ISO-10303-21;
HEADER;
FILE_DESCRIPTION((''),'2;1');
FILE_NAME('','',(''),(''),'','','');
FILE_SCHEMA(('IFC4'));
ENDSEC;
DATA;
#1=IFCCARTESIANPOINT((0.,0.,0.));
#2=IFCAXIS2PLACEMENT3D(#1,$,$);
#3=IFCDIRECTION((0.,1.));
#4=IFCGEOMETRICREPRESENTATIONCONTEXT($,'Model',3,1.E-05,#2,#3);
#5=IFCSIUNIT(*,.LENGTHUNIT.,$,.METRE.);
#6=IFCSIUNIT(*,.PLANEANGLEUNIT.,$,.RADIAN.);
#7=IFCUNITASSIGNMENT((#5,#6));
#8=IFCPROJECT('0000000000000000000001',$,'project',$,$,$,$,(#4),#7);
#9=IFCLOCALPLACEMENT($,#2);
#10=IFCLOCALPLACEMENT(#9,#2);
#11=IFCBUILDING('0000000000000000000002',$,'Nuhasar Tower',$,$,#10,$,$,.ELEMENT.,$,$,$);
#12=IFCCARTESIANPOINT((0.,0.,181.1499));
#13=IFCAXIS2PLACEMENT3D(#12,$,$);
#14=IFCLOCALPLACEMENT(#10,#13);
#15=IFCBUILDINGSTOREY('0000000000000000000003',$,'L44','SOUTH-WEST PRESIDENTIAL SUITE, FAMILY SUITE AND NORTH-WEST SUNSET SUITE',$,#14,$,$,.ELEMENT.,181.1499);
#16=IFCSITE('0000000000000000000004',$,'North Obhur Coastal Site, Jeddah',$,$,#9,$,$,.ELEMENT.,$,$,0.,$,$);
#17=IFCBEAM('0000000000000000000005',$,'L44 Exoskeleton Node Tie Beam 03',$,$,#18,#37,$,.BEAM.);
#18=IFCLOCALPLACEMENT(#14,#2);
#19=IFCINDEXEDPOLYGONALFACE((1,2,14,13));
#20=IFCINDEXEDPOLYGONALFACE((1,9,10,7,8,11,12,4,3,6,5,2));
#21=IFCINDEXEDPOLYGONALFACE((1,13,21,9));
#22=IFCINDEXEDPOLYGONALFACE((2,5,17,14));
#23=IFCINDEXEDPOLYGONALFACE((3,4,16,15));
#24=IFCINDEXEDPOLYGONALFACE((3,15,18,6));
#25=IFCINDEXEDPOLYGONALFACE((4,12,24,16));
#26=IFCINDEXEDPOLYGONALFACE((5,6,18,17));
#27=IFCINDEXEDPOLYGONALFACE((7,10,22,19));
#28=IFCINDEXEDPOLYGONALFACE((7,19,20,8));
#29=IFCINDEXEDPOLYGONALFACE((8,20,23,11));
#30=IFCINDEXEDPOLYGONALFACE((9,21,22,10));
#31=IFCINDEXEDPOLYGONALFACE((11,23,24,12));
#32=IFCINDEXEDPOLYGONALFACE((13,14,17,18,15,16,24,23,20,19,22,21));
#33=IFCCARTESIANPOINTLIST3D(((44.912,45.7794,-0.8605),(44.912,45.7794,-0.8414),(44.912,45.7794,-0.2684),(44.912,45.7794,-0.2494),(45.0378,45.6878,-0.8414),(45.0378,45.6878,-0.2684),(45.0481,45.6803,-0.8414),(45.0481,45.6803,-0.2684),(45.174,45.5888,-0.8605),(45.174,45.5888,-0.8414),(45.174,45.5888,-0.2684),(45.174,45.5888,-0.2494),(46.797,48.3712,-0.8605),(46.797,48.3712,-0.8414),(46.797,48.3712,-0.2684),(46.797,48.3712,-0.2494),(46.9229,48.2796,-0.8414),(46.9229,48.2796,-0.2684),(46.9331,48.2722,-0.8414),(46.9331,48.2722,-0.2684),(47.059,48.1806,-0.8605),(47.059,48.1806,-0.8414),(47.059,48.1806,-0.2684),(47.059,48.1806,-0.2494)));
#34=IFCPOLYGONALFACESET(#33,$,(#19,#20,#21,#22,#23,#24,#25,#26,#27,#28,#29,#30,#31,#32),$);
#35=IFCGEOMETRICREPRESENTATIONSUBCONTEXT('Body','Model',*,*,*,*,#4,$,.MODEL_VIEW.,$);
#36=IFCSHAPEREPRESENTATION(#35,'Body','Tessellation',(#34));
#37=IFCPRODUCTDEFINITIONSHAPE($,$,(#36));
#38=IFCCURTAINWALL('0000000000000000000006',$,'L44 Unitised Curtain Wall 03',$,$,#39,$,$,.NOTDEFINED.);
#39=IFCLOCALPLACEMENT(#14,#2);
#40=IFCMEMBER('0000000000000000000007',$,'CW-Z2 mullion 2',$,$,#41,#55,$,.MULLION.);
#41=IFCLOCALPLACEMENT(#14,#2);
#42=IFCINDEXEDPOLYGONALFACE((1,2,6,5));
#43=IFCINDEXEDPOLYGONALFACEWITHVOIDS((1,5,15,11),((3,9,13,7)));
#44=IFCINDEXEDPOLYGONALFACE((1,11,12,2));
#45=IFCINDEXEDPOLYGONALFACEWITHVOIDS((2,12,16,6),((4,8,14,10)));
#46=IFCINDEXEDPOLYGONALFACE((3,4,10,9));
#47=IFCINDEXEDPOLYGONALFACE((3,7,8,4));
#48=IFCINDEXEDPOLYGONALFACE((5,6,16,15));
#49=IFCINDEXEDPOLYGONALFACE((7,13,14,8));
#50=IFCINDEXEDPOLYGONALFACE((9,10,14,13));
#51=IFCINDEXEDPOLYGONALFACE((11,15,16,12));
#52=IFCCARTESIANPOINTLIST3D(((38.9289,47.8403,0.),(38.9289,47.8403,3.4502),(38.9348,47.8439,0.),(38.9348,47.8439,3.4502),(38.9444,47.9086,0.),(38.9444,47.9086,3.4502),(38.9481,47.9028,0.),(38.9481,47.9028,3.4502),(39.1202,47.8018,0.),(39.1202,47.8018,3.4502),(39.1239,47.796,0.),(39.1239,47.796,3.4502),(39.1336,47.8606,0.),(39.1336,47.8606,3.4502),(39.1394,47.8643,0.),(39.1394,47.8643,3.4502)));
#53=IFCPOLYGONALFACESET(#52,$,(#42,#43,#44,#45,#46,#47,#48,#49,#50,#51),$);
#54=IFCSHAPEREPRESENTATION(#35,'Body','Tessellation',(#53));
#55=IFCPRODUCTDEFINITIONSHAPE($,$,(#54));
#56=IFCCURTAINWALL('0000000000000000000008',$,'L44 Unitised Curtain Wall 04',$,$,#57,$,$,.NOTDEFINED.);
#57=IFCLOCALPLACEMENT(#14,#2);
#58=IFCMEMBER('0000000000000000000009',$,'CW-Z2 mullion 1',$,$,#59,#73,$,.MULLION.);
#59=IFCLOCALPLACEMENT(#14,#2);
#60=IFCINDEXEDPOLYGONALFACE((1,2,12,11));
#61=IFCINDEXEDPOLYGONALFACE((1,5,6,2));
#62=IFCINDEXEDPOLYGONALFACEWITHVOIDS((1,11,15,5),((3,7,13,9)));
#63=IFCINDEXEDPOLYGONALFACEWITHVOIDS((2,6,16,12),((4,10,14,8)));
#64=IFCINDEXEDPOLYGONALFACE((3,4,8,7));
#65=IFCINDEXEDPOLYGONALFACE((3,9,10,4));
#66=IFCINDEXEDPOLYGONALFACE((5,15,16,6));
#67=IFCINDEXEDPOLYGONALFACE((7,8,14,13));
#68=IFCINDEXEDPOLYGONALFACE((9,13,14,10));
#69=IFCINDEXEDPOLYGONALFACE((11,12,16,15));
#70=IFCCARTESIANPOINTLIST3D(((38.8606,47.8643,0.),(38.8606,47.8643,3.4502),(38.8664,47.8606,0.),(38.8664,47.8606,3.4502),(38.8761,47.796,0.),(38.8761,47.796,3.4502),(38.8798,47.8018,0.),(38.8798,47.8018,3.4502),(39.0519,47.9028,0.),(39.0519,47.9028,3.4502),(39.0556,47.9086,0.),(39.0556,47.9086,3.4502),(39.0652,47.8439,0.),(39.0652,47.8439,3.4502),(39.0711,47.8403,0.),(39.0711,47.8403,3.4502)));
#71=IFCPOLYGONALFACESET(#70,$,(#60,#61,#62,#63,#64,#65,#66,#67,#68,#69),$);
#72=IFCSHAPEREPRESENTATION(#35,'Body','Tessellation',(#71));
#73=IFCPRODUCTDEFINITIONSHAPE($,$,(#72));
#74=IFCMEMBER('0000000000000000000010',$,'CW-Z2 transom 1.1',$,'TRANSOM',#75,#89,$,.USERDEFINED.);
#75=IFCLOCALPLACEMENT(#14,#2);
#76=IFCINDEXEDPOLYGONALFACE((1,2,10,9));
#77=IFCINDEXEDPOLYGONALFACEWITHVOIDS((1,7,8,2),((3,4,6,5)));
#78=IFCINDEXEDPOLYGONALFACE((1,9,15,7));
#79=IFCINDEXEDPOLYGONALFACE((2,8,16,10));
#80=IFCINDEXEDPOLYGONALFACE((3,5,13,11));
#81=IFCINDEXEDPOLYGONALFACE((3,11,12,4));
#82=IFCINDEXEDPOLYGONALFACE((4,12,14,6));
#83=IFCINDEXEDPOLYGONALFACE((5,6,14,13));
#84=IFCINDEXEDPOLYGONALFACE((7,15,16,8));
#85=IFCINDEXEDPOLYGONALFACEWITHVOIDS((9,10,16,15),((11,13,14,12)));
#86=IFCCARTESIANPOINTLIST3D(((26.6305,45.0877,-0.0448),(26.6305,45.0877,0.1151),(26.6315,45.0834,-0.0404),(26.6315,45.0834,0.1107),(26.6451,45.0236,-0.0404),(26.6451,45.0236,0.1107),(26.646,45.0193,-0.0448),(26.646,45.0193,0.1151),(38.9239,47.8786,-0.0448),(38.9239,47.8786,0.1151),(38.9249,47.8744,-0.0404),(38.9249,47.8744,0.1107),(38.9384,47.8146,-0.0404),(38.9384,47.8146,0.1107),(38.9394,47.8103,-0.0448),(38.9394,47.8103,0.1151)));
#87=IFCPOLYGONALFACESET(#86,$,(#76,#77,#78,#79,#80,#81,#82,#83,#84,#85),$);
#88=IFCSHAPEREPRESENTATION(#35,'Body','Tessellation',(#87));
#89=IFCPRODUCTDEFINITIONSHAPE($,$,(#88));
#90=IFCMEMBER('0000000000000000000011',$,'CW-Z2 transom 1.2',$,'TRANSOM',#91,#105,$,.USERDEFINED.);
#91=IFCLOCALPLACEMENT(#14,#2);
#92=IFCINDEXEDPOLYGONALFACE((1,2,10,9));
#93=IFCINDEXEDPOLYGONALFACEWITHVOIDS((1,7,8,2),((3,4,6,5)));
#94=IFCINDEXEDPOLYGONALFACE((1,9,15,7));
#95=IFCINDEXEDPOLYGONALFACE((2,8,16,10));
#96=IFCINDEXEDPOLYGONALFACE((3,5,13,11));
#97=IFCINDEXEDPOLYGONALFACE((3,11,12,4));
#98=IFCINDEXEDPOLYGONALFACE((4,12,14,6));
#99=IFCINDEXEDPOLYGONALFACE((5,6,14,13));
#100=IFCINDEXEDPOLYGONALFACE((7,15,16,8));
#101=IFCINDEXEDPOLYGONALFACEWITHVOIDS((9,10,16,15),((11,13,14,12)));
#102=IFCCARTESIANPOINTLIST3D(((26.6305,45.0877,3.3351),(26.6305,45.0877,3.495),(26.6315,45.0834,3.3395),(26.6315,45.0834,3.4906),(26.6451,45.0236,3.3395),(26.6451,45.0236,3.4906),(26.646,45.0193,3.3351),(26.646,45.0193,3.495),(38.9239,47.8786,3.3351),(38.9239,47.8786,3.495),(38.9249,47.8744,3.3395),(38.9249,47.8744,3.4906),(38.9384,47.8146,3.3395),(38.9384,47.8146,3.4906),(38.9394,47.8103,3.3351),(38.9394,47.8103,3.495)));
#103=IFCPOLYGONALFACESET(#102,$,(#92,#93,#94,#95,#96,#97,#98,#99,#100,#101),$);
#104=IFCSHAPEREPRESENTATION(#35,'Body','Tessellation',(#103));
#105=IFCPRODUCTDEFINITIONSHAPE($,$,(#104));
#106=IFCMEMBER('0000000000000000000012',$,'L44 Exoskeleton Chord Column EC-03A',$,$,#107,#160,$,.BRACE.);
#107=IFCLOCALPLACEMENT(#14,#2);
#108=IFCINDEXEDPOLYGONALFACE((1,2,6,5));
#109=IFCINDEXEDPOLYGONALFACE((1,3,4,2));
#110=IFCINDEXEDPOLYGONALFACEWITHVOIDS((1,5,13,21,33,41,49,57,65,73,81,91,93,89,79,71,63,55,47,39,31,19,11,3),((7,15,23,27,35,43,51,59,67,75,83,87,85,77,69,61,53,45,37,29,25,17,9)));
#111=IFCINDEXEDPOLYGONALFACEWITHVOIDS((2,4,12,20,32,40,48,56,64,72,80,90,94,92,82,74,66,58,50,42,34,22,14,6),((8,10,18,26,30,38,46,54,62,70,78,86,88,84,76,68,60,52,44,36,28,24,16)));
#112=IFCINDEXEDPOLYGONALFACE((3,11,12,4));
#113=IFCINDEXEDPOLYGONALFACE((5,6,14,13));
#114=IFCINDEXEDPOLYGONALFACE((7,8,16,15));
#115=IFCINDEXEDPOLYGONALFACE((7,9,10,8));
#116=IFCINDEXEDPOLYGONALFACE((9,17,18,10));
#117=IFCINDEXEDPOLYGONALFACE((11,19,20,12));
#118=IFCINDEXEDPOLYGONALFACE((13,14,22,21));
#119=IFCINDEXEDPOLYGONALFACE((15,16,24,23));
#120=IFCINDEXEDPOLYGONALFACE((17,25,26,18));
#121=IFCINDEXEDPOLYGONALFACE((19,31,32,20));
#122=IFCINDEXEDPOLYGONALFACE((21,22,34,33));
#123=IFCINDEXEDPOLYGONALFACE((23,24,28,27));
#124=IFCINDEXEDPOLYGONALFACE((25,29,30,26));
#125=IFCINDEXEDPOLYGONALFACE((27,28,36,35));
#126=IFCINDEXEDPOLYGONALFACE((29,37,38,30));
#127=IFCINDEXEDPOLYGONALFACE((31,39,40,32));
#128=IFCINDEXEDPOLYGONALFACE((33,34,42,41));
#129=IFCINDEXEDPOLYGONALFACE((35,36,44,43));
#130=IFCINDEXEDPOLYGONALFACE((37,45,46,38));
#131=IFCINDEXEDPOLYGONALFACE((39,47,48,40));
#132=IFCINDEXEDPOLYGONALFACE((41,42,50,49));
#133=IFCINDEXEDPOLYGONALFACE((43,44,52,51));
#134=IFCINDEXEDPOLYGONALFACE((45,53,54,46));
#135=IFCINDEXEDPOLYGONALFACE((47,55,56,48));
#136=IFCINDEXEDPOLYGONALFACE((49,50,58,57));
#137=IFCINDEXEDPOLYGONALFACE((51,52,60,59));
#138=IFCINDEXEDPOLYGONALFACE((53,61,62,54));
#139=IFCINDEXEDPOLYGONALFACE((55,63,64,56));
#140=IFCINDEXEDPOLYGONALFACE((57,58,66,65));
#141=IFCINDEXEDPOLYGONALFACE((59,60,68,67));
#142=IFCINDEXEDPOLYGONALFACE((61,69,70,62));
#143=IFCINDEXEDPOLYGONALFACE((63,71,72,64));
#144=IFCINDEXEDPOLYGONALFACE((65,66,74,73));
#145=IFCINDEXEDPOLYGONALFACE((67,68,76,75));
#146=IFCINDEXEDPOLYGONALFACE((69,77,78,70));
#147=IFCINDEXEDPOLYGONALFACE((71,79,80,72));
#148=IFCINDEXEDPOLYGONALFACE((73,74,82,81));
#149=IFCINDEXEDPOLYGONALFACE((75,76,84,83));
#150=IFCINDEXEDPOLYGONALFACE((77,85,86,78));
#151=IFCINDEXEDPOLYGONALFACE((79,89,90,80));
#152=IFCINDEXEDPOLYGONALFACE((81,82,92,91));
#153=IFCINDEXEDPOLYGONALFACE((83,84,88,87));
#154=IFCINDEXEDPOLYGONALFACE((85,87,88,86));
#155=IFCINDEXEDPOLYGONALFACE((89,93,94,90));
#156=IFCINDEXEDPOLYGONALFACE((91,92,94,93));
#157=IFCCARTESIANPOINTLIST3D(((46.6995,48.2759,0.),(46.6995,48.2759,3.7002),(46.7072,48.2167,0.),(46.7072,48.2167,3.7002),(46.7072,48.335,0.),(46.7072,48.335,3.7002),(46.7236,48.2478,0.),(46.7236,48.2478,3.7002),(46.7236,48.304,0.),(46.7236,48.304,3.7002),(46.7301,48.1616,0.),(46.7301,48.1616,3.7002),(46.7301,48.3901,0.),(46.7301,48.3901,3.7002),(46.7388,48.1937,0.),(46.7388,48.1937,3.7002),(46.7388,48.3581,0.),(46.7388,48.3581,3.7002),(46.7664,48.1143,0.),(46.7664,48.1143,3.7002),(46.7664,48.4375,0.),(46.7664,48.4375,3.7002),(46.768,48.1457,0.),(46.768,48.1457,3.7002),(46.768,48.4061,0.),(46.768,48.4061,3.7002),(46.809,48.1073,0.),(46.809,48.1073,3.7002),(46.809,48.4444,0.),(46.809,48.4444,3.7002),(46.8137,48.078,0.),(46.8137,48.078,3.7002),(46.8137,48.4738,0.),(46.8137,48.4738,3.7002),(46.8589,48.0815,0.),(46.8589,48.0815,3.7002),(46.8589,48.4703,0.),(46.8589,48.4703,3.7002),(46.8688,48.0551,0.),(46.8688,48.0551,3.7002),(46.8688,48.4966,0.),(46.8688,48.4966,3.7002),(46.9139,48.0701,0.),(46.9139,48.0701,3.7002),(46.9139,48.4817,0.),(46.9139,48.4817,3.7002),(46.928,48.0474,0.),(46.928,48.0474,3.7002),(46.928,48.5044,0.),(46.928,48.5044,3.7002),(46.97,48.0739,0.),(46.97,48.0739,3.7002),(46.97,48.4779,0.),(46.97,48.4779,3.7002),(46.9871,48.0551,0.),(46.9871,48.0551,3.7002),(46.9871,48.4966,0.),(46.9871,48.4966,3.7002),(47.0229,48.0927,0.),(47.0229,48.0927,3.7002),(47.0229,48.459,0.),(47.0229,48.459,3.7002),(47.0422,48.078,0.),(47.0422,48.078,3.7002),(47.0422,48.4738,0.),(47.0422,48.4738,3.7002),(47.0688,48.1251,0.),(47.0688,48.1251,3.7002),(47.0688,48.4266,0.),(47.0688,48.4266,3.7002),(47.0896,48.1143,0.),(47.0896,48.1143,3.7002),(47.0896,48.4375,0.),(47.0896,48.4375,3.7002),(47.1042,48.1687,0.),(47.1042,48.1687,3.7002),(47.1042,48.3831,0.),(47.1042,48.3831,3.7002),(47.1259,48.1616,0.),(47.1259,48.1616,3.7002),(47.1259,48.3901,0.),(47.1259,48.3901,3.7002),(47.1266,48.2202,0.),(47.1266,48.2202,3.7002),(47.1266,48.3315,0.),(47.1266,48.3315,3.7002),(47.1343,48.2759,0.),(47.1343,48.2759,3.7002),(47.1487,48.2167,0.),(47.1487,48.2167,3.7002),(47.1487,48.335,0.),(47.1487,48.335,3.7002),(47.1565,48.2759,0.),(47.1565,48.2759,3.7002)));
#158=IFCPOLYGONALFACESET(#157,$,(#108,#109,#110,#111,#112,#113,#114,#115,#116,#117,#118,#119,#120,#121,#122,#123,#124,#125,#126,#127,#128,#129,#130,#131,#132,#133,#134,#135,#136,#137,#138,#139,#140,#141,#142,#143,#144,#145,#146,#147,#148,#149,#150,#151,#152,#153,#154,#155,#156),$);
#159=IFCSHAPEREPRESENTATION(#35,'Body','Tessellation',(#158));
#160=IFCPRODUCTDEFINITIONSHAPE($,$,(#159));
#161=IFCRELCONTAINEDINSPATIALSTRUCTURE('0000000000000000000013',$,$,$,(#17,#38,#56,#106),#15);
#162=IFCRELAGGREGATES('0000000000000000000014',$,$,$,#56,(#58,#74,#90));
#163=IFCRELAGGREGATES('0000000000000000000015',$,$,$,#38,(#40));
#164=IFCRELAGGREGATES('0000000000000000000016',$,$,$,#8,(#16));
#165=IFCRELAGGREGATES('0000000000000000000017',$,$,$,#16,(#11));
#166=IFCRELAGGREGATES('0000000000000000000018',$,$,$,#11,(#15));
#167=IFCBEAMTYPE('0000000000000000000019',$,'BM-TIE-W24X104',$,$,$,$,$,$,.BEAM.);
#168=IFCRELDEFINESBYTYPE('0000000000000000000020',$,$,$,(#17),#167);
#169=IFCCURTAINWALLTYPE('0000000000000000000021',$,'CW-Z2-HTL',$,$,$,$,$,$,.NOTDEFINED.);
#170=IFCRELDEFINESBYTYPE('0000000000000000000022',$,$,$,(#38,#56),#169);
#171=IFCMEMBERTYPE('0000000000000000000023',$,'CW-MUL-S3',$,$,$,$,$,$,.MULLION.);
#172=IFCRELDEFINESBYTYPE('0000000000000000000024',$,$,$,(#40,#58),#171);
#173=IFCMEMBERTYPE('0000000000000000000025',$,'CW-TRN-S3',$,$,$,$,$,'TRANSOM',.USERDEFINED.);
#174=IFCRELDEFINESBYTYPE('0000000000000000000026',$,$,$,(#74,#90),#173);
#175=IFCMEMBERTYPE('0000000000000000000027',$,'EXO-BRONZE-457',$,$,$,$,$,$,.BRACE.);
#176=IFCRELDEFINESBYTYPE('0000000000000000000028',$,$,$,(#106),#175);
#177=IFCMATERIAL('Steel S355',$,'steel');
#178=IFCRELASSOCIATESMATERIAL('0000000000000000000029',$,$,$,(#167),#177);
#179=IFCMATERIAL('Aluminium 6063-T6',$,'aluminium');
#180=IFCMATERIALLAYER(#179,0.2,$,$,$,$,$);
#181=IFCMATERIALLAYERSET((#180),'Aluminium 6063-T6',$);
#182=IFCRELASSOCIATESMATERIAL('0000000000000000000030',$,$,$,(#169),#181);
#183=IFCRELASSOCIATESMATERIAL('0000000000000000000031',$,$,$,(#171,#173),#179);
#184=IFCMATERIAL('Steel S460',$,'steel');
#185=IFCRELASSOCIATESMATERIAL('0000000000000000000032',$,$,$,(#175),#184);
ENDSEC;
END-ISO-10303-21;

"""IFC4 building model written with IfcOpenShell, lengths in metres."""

from ifc_helpers import new_model, si_unit, direction, frame, origin, origin_2d, place, context, subcontext, project, spatial, hollow_rectangle, hollow_circle, i_section, extrude, material, layer, layer_set, material_profile, profile_set, type_object, element, aggregate, save


model = new_model("IFC4")

# Units and contexts
model_context = context("Model", 3, precision=1e-05, world=origin(), true_north=direction((0.0, 1.0)))
body_context = subcontext(model_context, "Body", "Model", "MODEL_VIEW")
ifc_project = project(units=[si_unit("LENGTHUNIT", "METRE"), si_unit("PLANEANGLEUNIT", "RADIAN")], contexts=[model_context])

# Site, building, storey
site_placement = place(None, origin())
site = spatial("IfcSite", under=ifc_project, at=site_placement, Name="North Obhur Coastal Site, Jeddah", CompositionType="ELEMENT", RefElevation=0.0)
building_placement = place(site_placement, origin())
building = spatial("IfcBuilding", under=site, at=building_placement, Name="Nuhasar Tower", CompositionType="ELEMENT")
storey_placement = place(building_placement, frame((0.0, 0.0, 181.1499)))
storey = spatial("IfcBuildingStorey", under=building, at=storey_placement, Name="L44", Description="SOUTH-WEST PRESIDENTIAL SUITE, FAMILY SUITE AND NORTH-WEST SUNSET SUITE", CompositionType="ELEMENT", Elevation=181.1499)

# Beam
ifc_material_1 = material(Name="Steel S355", Category="steel")
ifc_material_profile_1 = material_profile(ifc_material_1, i_section(OverallWidth=0.324, OverallDepth=0.6111, WebThickness=0.0127, FlangeThickness=0.019, at=origin_2d()), Name="W24X104")
ifc_profile_set_1 = profile_set([ifc_material_profile_1], Name="Steel S355")
beam_type_1 = type_object("IfcBeamType", Name="BM-TIE-W24X104", PredefinedType="BEAM", material=ifc_profile_set_1)
beam_1_placement = place(storey_placement, frame((45.043, 45.6841, -0.5549), z_axis=(0.588185, 0.808726, 0.0), x_axis=(-0.808726, 0.588185, 0.0)))
element("IfcBeam", 1, at=beam_1_placement, inside=storey, type_object=beam_type_1, Name="L44 Exoskeleton Node Tie Beam 03", PredefinedType="BEAM", context=body_context, shape_type="SweptSolid", body=[
    extrude(i_section(OverallWidth=0.324, OverallDepth=0.6111, WebThickness=0.0127, FlangeThickness=0.019, at=origin_2d()), origin(), (0.0, 0.0, 1.0), 3.2048),
])

# Curtain wall, member
ifc_material_2 = material(Name="Aluminium 6063-T6", Category="aluminium")
ifc_layer_1 = layer(ifc_material_2, 0.2)
ifc_layer_set_1 = layer_set([ifc_layer_1], Name="Aluminium 6063-T6")
curtain_wall_type = type_object("IfcCurtainWallType", Name="CW-Z2-HTL", PredefinedType="NOTDEFINED", material=ifc_layer_set_1)
curtain_wall_1_placement = place(storey_placement, origin())
curtain_wall_1 = element("IfcCurtainWall", 2, at=curtain_wall_1_placement, inside=storey, type_object=curtain_wall_type, Name="L44 Unitised Curtain Wall 03", PredefinedType="NOTDEFINED")
ifc_material_profile_2 = material_profile(ifc_material_2, hollow_rectangle(XDim=0.0701, YDim=0.2, WallThickness=0.0049, at=origin_2d()), Name="CWM-3")
ifc_profile_set_2 = profile_set([ifc_material_profile_2], Name="Aluminium 6063-T6")
member_type_1 = type_object("IfcMemberType", Name="CW-MUL-S3", PredefinedType="MULLION", material=ifc_profile_set_2)
member_1_placement = place(storey_placement, frame((39.0342, 47.8523, 0.0), z_axis=(0.0, 0.0, 1.0), x_axis=(-0.221397, -0.975184, 0.0)))
member_1 = element("IfcMember", 3, at=member_1_placement, type_object=member_type_1, Name="CW-Z2 mullion 2", PredefinedType="MULLION", context=body_context, shape_type="SweptSolid", body=[
    extrude(hollow_rectangle(XDim=0.0701, YDim=0.2, WallThickness=0.0049, at=origin_2d()), origin(), (0.0, 0.0, 1.0), 3.4502),
])

# Curtain wall, members
curtain_wall_2_placement = place(storey_placement, origin())
curtain_wall_2 = element("IfcCurtainWall", 4, at=curtain_wall_2_placement, inside=storey, type_object=curtain_wall_type, Name="L44 Unitised Curtain Wall 04", PredefinedType="NOTDEFINED")
member_2_placement = place(storey_placement, frame((38.9658, 47.8523, 0.0), z_axis=(0.0, 0.0, 1.0), x_axis=(0.221397, -0.975184, 0.0)))
member_2 = element("IfcMember", 5, at=member_2_placement, type_object=member_type_1, Name="CW-Z2 mullion 1", PredefinedType="MULLION", context=body_context, shape_type="SweptSolid", body=[
    extrude(hollow_rectangle(XDim=0.0701, YDim=0.2, WallThickness=0.0049, at=origin_2d()), origin(), (0.0, 0.0, 1.0), 3.4502),
])
ifc_material_profile_3 = material_profile(ifc_material_2, hollow_rectangle(XDim=0.0701, YDim=0.1599, WallThickness=0.0044, at=origin_2d()), Name="CWT-3")
ifc_profile_set_3 = profile_set([ifc_material_profile_3], Name="Aluminium 6063-T6")
member_type_2 = type_object("IfcMemberType", Name="CW-TRN-S3", ElementType="TRANSOM", PredefinedType="USERDEFINED", material=ifc_profile_set_3)
member_3_placement = place(storey_placement, frame((38.9316, 47.8445, 0.0352), z_axis=(-0.975183, -0.221398, 0.0), x_axis=(0.221398, -0.975183, 0.0)))
member_3 = element("IfcMember", 6, at=member_3_placement, type_object=member_type_2, Name="CW-Z2 transom 1.1", ObjectType="TRANSOM", PredefinedType="USERDEFINED", context=body_context, shape_type="SweptSolid", body=[
    extrude(hollow_rectangle(XDim=0.0701, YDim=0.1599, WallThickness=0.0044, at=origin_2d()), origin(), (0.0, 0.0, 1.0), 12.6062),
])
member_4_placement = place(storey_placement, frame((38.9316, 47.8445, 3.415), z_axis=(-0.975183, -0.221398, 0.0), x_axis=(0.221398, -0.975183, 0.0)))
member_4 = element("IfcMember", 7, at=member_4_placement, type_object=member_type_2, Name="CW-Z2 transom 1.2", ObjectType="TRANSOM", PredefinedType="USERDEFINED", context=body_context, shape_type="SweptSolid", body=[
    extrude(hollow_rectangle(XDim=0.0701, YDim=0.1599, WallThickness=0.0044, at=origin_2d()), origin(), (0.0, 0.0, 1.0), 12.6062),
])
aggregate(curtain_wall_2, [member_2, member_3, member_4])

# Member
ifc_material_3 = material(Name="Steel S460", Category="steel")
ifc_material_profile_4 = material_profile(ifc_material_3, hollow_circle(Radius=0.2285, WallThickness=0.0222, at=origin_2d()), Name="HSS457X22.2")
ifc_profile_set_4 = profile_set([ifc_material_profile_4], Name="Steel S460")
member_type_3 = type_object("IfcMemberType", Name="EXO-BRONZE-457", PredefinedType="BRACE", material=ifc_profile_set_4)
for number, where, z_axis, x_axis, name in (
    (8, (46.928, 48.2759, 0.0), (0.0, 0.0, 1.0), (1.0, 0.0, 0.0), "L44 Exoskeleton Chord Column EC-03A"),
):
    element("IfcMember", number, at=place(storey_placement, frame(where, z_axis=z_axis, x_axis=x_axis)), inside=storey, type_object=member_type_3, Name=name, PredefinedType="BRACE", context=body_context, shape_type="SweptSolid", body=[
        extrude(hollow_circle(Radius=0.2285, WallThickness=0.0222, at=origin_2d()), origin(), (0.0, 0.0, 1.0), 3.7002),
    ])

aggregate(curtain_wall_1, [member_1])

save(model, "model.ifc")
